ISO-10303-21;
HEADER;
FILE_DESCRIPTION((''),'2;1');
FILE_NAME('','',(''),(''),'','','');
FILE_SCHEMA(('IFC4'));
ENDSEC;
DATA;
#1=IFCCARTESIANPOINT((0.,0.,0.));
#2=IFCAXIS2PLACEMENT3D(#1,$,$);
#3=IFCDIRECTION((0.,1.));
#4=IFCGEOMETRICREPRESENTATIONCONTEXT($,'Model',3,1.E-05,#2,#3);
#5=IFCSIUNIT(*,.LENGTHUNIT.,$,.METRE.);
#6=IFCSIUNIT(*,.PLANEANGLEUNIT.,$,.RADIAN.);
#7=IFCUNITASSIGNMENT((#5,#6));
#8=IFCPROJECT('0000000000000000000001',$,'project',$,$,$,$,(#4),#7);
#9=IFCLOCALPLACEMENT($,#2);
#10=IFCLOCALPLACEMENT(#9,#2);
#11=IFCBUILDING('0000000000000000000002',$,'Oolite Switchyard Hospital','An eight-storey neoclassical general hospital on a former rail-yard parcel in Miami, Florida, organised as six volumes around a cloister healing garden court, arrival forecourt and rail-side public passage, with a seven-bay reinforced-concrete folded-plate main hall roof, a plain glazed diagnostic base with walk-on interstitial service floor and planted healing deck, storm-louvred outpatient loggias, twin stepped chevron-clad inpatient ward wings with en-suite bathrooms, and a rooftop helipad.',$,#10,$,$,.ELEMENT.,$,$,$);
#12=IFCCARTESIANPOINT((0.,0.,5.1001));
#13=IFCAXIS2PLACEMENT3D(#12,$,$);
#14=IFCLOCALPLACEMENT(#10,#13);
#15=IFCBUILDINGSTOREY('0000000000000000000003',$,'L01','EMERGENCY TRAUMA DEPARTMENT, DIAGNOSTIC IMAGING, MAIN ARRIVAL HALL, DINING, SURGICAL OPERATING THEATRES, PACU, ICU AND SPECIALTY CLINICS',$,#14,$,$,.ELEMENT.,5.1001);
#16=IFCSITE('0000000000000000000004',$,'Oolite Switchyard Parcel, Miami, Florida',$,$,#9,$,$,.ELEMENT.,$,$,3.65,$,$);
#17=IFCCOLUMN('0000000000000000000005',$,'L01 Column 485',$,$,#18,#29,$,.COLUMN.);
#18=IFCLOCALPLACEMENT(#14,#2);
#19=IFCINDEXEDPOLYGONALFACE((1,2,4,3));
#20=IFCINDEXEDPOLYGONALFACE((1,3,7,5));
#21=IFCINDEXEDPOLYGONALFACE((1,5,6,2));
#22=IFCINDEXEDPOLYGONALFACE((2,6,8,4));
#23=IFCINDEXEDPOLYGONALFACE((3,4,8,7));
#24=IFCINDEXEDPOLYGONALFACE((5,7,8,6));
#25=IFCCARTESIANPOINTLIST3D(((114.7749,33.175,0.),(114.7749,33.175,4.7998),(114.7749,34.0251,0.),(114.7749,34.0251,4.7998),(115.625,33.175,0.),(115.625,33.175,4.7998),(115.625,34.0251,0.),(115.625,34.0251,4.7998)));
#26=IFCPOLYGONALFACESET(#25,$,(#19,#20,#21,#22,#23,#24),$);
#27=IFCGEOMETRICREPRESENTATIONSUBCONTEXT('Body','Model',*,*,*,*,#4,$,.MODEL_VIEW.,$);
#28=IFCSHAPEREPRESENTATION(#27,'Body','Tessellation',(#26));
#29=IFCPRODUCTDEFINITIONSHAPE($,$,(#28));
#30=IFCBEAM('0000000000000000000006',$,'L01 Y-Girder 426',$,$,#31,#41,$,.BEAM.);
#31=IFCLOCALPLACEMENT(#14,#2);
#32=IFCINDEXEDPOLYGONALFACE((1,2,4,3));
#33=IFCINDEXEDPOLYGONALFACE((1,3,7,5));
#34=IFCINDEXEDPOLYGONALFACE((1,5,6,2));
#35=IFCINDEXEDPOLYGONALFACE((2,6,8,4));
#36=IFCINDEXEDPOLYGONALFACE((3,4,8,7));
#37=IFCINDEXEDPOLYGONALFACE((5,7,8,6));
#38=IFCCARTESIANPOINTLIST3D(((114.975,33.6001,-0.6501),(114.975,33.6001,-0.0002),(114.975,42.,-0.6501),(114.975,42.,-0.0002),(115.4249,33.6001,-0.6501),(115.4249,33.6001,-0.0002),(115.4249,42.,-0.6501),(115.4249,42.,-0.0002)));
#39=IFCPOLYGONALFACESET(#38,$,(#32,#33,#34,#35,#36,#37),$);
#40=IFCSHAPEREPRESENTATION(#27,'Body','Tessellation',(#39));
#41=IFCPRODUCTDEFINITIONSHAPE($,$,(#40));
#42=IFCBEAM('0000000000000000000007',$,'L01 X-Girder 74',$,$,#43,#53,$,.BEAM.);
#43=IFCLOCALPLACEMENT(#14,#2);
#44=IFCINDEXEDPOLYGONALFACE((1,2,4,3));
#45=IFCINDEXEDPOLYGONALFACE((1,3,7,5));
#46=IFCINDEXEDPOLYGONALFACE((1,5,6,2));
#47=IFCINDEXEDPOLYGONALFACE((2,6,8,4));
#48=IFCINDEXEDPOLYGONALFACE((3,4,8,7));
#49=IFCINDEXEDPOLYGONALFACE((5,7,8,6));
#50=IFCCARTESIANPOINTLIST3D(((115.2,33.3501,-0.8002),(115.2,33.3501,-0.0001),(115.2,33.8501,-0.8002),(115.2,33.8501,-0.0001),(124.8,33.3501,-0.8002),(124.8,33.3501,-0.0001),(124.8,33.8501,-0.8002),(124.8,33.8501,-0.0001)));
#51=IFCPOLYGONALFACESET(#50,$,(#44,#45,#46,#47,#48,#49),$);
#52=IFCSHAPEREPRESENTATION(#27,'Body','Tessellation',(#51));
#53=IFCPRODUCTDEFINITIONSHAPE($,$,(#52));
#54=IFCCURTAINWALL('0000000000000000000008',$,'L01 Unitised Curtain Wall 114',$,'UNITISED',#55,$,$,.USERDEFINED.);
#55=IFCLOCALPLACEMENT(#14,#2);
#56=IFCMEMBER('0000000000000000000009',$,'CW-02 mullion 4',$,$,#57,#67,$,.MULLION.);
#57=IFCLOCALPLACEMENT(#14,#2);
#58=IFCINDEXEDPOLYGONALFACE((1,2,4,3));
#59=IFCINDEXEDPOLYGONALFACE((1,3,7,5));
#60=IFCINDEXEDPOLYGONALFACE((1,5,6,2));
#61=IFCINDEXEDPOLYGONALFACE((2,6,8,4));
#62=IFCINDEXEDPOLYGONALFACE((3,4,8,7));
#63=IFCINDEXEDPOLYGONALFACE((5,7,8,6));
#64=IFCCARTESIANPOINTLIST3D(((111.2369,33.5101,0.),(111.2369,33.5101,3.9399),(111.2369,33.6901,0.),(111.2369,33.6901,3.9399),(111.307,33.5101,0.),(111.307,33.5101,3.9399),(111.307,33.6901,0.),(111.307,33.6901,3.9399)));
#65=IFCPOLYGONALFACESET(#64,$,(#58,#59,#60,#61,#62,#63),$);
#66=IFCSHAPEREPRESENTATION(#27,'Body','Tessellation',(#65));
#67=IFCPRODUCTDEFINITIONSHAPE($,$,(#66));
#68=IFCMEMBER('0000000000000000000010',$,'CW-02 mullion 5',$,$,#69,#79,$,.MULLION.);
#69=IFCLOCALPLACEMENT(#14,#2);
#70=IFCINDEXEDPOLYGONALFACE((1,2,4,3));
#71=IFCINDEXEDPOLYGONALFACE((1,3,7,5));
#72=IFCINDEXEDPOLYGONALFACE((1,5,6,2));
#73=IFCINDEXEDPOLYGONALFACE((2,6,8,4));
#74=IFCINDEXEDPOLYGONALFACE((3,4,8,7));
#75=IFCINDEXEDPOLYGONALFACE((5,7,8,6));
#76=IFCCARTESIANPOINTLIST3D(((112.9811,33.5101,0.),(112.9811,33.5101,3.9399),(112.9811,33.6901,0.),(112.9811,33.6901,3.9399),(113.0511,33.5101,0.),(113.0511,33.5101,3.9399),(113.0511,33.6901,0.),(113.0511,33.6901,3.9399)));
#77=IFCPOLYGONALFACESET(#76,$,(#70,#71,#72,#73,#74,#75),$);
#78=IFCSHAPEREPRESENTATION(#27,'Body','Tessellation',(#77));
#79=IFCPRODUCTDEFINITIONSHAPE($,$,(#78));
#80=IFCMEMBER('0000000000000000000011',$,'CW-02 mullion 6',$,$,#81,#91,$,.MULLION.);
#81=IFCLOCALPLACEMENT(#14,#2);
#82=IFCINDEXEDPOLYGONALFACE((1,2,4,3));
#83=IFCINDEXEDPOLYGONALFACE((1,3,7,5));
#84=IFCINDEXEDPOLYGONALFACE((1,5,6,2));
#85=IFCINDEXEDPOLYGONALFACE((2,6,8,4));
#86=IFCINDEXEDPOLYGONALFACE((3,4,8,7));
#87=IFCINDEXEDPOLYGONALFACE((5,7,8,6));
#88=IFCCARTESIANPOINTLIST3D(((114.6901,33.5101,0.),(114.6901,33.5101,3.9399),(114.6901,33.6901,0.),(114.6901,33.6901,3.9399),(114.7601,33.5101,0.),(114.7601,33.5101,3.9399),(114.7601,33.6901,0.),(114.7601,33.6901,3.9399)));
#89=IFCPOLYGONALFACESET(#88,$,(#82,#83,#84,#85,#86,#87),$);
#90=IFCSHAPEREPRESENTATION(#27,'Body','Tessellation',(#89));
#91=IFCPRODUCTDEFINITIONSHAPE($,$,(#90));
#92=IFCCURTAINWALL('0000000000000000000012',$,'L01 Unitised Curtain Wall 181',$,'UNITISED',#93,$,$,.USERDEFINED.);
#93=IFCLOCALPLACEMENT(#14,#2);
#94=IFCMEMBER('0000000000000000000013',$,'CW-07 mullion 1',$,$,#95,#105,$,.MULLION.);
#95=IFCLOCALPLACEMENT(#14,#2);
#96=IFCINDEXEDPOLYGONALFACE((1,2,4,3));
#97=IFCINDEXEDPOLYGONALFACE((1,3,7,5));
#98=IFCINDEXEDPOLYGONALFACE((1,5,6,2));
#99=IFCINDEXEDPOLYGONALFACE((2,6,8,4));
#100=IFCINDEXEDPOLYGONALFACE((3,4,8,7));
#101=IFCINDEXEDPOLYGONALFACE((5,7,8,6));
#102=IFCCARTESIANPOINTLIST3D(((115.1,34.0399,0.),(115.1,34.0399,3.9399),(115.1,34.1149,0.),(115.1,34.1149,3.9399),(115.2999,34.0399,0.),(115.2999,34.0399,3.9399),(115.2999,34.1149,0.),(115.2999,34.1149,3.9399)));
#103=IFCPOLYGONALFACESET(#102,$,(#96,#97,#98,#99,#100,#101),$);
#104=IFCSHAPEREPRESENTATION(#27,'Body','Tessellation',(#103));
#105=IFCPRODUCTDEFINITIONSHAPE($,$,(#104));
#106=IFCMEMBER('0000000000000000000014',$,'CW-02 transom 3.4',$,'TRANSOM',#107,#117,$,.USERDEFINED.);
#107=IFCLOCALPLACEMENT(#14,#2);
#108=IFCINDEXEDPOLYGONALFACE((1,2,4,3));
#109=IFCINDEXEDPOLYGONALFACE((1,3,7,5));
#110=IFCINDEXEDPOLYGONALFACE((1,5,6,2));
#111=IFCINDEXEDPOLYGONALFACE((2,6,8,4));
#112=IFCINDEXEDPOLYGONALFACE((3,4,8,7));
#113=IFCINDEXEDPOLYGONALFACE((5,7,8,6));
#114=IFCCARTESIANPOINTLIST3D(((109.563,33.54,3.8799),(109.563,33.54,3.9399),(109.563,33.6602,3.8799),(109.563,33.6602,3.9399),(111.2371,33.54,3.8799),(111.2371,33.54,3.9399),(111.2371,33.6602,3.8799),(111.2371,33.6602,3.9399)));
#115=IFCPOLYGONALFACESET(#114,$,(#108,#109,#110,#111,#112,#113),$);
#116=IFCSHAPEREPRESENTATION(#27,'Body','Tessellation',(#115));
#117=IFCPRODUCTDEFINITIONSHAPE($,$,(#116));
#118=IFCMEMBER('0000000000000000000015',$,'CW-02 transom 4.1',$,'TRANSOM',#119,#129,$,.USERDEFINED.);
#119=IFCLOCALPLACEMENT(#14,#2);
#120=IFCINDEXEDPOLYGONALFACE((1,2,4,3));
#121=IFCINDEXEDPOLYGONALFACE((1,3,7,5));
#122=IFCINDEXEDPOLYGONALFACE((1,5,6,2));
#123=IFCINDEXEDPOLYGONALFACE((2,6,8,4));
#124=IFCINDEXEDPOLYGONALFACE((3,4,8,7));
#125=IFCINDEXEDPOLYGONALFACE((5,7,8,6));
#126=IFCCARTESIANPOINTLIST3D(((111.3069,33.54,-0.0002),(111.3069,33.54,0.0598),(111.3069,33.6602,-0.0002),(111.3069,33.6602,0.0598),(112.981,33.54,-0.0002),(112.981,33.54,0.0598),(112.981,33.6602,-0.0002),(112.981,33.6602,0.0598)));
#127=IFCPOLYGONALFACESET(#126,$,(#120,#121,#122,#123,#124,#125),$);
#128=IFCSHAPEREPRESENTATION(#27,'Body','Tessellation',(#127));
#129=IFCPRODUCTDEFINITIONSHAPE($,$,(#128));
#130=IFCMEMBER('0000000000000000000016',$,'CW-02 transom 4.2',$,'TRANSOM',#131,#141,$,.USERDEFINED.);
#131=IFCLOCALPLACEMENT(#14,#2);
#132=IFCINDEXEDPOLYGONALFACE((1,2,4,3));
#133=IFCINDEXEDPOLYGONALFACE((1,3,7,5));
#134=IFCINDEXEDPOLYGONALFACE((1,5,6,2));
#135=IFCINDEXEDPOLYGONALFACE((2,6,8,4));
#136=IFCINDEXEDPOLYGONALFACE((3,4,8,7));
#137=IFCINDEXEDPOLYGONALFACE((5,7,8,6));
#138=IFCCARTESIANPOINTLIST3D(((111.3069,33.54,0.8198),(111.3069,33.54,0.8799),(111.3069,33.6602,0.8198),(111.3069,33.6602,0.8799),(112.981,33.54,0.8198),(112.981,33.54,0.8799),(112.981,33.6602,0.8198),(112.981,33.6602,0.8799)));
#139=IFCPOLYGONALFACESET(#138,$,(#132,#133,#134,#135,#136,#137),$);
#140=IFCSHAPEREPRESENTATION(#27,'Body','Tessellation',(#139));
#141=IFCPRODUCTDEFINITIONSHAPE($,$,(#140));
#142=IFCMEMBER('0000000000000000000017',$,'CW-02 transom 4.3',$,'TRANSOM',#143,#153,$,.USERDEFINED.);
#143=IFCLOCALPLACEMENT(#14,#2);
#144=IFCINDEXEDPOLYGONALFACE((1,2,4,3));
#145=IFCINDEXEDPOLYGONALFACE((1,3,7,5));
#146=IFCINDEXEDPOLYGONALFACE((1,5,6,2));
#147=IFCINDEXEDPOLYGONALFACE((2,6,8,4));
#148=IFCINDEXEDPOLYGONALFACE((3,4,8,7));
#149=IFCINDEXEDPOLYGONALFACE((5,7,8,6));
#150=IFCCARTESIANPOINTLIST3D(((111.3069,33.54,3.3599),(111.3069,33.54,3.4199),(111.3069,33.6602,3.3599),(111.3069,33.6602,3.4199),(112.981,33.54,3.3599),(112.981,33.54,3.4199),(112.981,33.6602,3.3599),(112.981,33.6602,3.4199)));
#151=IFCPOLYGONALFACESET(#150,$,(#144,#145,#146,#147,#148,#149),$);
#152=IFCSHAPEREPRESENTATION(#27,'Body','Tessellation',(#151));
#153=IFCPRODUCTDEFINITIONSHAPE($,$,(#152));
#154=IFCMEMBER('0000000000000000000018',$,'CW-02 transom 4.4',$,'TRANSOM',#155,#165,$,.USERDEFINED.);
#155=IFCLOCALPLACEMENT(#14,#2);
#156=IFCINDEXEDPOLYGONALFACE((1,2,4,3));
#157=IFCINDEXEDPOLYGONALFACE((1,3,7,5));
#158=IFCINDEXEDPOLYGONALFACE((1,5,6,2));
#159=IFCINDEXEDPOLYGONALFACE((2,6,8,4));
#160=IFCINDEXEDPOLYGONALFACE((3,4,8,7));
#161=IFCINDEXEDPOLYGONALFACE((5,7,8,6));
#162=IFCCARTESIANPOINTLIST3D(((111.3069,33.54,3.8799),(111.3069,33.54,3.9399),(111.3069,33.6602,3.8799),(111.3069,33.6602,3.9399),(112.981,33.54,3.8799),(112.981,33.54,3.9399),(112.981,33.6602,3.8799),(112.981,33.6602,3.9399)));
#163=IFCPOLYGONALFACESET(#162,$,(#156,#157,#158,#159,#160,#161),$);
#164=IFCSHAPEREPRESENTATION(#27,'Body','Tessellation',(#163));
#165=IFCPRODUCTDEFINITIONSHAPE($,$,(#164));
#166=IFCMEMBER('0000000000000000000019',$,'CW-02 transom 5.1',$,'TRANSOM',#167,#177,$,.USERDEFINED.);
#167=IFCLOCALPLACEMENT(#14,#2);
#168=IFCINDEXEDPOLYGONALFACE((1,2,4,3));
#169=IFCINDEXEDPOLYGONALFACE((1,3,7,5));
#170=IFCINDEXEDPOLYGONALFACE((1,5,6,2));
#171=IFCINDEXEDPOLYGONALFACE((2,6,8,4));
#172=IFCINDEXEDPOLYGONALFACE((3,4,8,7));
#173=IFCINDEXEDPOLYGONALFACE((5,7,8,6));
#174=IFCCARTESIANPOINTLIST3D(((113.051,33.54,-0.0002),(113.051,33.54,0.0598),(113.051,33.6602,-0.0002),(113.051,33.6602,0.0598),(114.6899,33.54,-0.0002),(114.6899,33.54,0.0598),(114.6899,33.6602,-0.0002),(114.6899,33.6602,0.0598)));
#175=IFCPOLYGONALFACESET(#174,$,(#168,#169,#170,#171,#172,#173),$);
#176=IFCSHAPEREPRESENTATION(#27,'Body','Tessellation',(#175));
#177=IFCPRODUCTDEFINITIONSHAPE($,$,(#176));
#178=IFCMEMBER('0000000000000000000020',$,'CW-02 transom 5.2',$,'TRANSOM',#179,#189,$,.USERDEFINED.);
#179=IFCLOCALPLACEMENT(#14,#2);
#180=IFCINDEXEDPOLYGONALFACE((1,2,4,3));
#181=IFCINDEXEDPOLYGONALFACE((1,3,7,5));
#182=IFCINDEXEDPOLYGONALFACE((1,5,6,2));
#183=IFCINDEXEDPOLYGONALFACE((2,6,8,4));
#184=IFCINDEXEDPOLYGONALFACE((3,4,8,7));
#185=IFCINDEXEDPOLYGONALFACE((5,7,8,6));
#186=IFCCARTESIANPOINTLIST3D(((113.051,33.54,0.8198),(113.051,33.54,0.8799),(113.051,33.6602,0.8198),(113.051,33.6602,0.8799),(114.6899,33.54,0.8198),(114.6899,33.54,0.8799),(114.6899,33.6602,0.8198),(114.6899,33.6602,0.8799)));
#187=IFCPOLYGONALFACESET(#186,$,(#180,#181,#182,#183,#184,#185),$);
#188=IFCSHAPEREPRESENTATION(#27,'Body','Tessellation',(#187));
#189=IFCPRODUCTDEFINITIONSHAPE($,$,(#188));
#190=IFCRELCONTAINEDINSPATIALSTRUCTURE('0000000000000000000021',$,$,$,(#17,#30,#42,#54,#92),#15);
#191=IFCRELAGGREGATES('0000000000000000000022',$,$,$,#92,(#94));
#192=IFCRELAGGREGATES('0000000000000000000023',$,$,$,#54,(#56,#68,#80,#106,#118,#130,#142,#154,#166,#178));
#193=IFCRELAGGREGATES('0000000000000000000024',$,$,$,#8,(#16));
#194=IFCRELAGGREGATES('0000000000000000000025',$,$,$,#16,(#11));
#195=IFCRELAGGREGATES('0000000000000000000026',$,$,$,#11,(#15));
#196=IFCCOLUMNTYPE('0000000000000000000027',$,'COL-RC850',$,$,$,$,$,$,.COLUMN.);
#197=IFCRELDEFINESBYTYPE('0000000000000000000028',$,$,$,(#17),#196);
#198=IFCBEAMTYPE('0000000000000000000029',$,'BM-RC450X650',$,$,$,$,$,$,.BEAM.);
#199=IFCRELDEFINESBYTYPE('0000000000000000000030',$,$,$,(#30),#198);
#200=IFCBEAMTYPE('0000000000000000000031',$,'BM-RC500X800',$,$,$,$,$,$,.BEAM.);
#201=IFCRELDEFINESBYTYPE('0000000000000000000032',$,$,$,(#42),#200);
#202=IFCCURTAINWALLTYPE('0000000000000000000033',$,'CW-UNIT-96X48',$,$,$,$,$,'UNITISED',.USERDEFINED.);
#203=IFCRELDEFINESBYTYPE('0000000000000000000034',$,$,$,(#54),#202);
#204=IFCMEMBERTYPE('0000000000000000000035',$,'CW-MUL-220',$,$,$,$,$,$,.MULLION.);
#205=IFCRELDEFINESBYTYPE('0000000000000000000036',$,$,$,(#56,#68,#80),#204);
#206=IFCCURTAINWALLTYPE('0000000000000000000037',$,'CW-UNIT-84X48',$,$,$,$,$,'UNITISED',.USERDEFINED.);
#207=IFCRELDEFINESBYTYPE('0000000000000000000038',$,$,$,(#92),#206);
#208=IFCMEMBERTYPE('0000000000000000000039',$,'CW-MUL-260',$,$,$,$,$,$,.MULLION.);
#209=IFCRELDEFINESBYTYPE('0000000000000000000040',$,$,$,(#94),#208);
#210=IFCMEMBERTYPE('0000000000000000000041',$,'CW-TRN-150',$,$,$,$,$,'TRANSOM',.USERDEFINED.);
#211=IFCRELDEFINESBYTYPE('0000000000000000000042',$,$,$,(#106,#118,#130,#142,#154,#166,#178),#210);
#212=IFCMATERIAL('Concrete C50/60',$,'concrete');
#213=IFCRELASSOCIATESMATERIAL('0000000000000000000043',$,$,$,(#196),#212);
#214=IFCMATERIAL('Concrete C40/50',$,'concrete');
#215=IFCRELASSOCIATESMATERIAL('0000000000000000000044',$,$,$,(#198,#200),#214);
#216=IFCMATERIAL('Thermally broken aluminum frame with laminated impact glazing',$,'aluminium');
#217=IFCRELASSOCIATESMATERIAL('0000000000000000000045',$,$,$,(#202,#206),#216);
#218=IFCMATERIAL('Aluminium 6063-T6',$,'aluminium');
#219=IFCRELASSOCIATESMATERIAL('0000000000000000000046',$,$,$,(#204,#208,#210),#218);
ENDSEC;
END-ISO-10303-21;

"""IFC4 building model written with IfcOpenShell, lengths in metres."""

from ifc_helpers import new_model, si_unit, direction, frame, origin, origin_2d, place, context, subcontext, project, spatial, rectangle, extrude, material, material_profile, profile_set, type_object, element, aggregate, save


model = new_model("IFC4")

# Units and contexts
model_context = context("Model", 3, precision=1e-05, world=origin(), true_north=direction((0.0, 1.0)))
body_context = subcontext(model_context, "Body", "Model", "MODEL_VIEW")
ifc_project = project(units=[si_unit("LENGTHUNIT", "METRE"), si_unit("PLANEANGLEUNIT", "RADIAN")], contexts=[model_context])

# Site, building, storey
site_placement = place(None, origin())
site = spatial("IfcSite", under=ifc_project, at=site_placement, Name="Oolite Switchyard Parcel, Miami, Florida", CompositionType="ELEMENT", RefElevation=3.65)
building_placement = place(site_placement, origin())
building = spatial("IfcBuilding", under=site, at=building_placement, Name="Oolite Switchyard Hospital", Description="An eight-storey neoclassical general hospital on a former rail-yard parcel in Miami, Florida, organised as six volumes around a cloister healing garden court, arrival forecourt and rail-side public passage, with a seven-bay reinforced-concrete folded-plate main hall roof, a plain glazed diagnostic base with walk-on interstitial service floor and planted healing deck, storm-louvred outpatient loggias, twin stepped chevron-clad inpatient ward wings with en-suite bathrooms, and a rooftop helipad.", CompositionType="ELEMENT")
storey_placement = place(building_placement, frame((0.0, 0.0, 5.1001)))
storey = spatial("IfcBuildingStorey", under=building, at=storey_placement, Name="L01", Description="EMERGENCY TRAUMA DEPARTMENT, DIAGNOSTIC IMAGING, MAIN ARRIVAL HALL, DINING, SURGICAL OPERATING THEATRES, PACU, ICU AND SPECIALTY CLINICS", CompositionType="ELEMENT", Elevation=5.1001)

# Column
ifc_material_1 = material(Name="Concrete C50/60", Category="concrete")
ifc_material_profile_1 = material_profile(ifc_material_1, rectangle(XDim=0.8501, YDim=0.8501, at=origin_2d()), Name="RC850X850")
ifc_profile_set_1 = profile_set([ifc_material_profile_1], Name="Concrete C50/60")
column_type = type_object("IfcColumnType", Name="COL-RC850", PredefinedType="COLUMN", material=ifc_profile_set_1)
column_placement = place(storey_placement, frame((115.2, 33.6001, 0.0), z_axis=(0.0, 0.0, 1.0), x_axis=(1.0, 0.0, 0.0)))
element("IfcColumn", 1, at=column_placement, inside=storey, type_object=column_type, Name="L01 Column 485", PredefinedType="COLUMN", context=body_context, shape_type="SweptSolid", body=[
    extrude(rectangle(XDim=0.8501, YDim=0.8501, at=origin_2d()), origin(), (0.0, 0.0, 1.0), 4.7998),
])

# Beams
ifc_material_2 = material(Name="Concrete C40/50", Category="concrete")
ifc_material_profile_2 = material_profile(ifc_material_2, rectangle(XDim=0.45, YDim=0.6499, at=origin_2d()), Name="RCB450X650")
ifc_profile_set_2 = profile_set([ifc_material_profile_2], Name="Concrete C40/50")
beam_type_1 = type_object("IfcBeamType", Name="BM-RC450X650", PredefinedType="BEAM", material=ifc_profile_set_2)
beam_1_placement = place(storey_placement, frame((115.2, 33.6001, -0.3252), z_axis=(0.0, 1.0, 0.0), x_axis=(-1.0, 0.0, 0.0)))
element("IfcBeam", 2, at=beam_1_placement, inside=storey, type_object=beam_type_1, Name="L01 Y-Girder 426", PredefinedType="BEAM", context=body_context, shape_type="SweptSolid", body=[
    extrude(rectangle(XDim=0.45, YDim=0.6499, at=origin_2d()), origin(), (0.0, 0.0, 1.0), 8.3999),
])
ifc_material_profile_3 = material_profile(ifc_material_2, rectangle(XDim=0.5, YDim=0.8, at=origin_2d()), Name="RCB500X800")
ifc_profile_set_3 = profile_set([ifc_material_profile_3], Name="Concrete C40/50")
beam_type_2 = type_object("IfcBeamType", Name="BM-RC500X800", PredefinedType="BEAM", material=ifc_profile_set_3)
beam_2_placement = place(storey_placement, frame((115.2, 33.6001, -0.4001), z_axis=(1.0, 0.0, 0.0), x_axis=(0.0, 1.0, 0.0)))
element("IfcBeam", 3, at=beam_2_placement, inside=storey, type_object=beam_type_2, Name="L01 X-Girder 74", PredefinedType="BEAM", context=body_context, shape_type="SweptSolid", body=[
    extrude(rectangle(XDim=0.5, YDim=0.8, at=origin_2d()), origin(), (0.0, 0.0, 1.0), 9.6001),
])

# Curtain wall, members
ifc_material_3 = material(Name="Thermally broken aluminum frame with laminated impact glazing", Category="aluminium")
curtain_wall_type_1 = type_object("IfcCurtainWallType", Name="CW-UNIT-96X48", ElementType="UNITISED", PredefinedType="USERDEFINED", material=ifc_material_3)
curtain_wall_1_placement = place(storey_placement, origin())
curtain_wall_1 = element("IfcCurtainWall", 4, at=curtain_wall_1_placement, inside=storey, type_object=curtain_wall_type_1, Name="L01 Unitised Curtain Wall 114", ObjectType="UNITISED", PredefinedType="USERDEFINED")
ifc_material_4 = material(Name="Aluminium 6063-T6", Category="aluminium")
ifc_material_profile_4 = material_profile(ifc_material_4, rectangle(XDim=0.1799, YDim=0.0701, at=origin_2d()), Name="CWM70X180")
ifc_profile_set_4 = profile_set([ifc_material_profile_4], Name="Aluminium 6063-T6")
member_type_1 = type_object("IfcMemberType", Name="CW-MUL-220", PredefinedType="MULLION", material=ifc_profile_set_4)
member_1_placement = place(storey_placement, frame((111.272, 33.6001, 0.0), z_axis=(0.0, 0.0, 1.0), x_axis=(0.0, 1.0, 0.0)))
member_1 = element("IfcMember", 5, at=member_1_placement, type_object=member_type_1, Name="CW-02 mullion 4", PredefinedType="MULLION", context=body_context, shape_type="SweptSolid", body=[
    extrude(rectangle(XDim=0.1799, YDim=0.0701, at=origin_2d()), origin(), (0.0, 0.0, 1.0), 3.9399),
])
member_2_placement = place(storey_placement, frame((113.0161, 33.6001, 0.0), z_axis=(0.0, 0.0, 1.0), x_axis=(0.0, 1.0, 0.0)))
member_2 = element("IfcMember", 6, at=member_2_placement, type_object=member_type_1, Name="CW-02 mullion 5", PredefinedType="MULLION", context=body_context, shape_type="SweptSolid", body=[
    extrude(rectangle(XDim=0.1799, YDim=0.0701, at=origin_2d()), origin(), (0.0, 0.0, 1.0), 3.9399),
])
member_3_placement = place(storey_placement, frame((114.7251, 33.6001, 0.0), z_axis=(0.0, 0.0, 1.0), x_axis=(0.0, 1.0, 0.0)))
member_3 = element("IfcMember", 7, at=member_3_placement, type_object=member_type_1, Name="CW-02 mullion 6", PredefinedType="MULLION", context=body_context, shape_type="SweptSolid", body=[
    extrude(rectangle(XDim=0.1799, YDim=0.0701, at=origin_2d()), origin(), (0.0, 0.0, 1.0), 3.9399),
])

# Curtain wall, member
curtain_wall_type_2 = type_object("IfcCurtainWallType", Name="CW-UNIT-84X48", ElementType="UNITISED", PredefinedType="USERDEFINED", material=ifc_material_3)
curtain_wall_2_placement = place(storey_placement, origin())
curtain_wall_2 = element("IfcCurtainWall", 8, at=curtain_wall_2_placement, inside=storey, type_object=curtain_wall_type_2, Name="L01 Unitised Curtain Wall 181", ObjectType="UNITISED", PredefinedType="USERDEFINED")
ifc_material_profile_5 = material_profile(ifc_material_4, rectangle(XDim=0.2, YDim=0.075, at=origin_2d()), Name="CWM75X200")
ifc_profile_set_5 = profile_set([ifc_material_profile_5], Name="Aluminium 6063-T6")
member_type_2 = type_object("IfcMemberType", Name="CW-MUL-260", PredefinedType="MULLION", material=ifc_profile_set_5)
member_4_placement = place(storey_placement, frame((115.2, 34.0774, 0.0), z_axis=(0.0, 0.0, 1.0), x_axis=(-1.0, 0.0, 0.0)))
member_4 = element("IfcMember", 9, at=member_4_placement, type_object=member_type_2, Name="CW-07 mullion 1", PredefinedType="MULLION", context=body_context, shape_type="SweptSolid", body=[
    extrude(rectangle(XDim=0.2, YDim=0.075, at=origin_2d()), origin(), (0.0, 0.0, 1.0), 3.9399),
])
aggregate(curtain_wall_2, [member_4])

# Members
ifc_material_profile_6 = material_profile(ifc_material_4, rectangle(XDim=0.1201, YDim=0.0601, at=origin_2d()), Name="CWT60X120")
ifc_profile_set_6 = profile_set([ifc_material_profile_6], Name="Aluminium 6063-T6")
member_type_3 = type_object("IfcMemberType", Name="CW-TRN-150", ElementType="TRANSOM", PredefinedType="USERDEFINED", material=ifc_profile_set_6)
member_5_placement = place(storey_placement, frame((109.563, 33.6001, 3.9099), z_axis=(1.0, 0.0, 0.0), x_axis=(0.0, 1.0, 0.0)))
member_5 = element("IfcMember", 10, at=member_5_placement, type_object=member_type_3, Name="CW-02 transom 3.4", ObjectType="TRANSOM", PredefinedType="USERDEFINED", context=body_context, shape_type="SweptSolid", body=[
    extrude(rectangle(XDim=0.1201, YDim=0.0601, at=origin_2d()), origin(), (0.0, 0.0, 1.0), 1.6741),
])
member_6_placement = place(storey_placement, frame((111.3069, 33.6001, 0.0298), z_axis=(1.0, 0.0, 0.0), x_axis=(0.0, 1.0, 0.0)))
member_6 = element("IfcMember", 11, at=member_6_placement, type_object=member_type_3, Name="CW-02 transom 4.1", ObjectType="TRANSOM", PredefinedType="USERDEFINED", context=body_context, shape_type="SweptSolid", body=[
    extrude(rectangle(XDim=0.1201, YDim=0.0601, at=origin_2d()), origin(), (0.0, 0.0, 1.0), 1.6741),
])
member_7_placement = place(storey_placement, frame((111.3069, 33.6001, 0.8499), z_axis=(1.0, 0.0, 0.0), x_axis=(0.0, 1.0, 0.0)))
member_7 = element("IfcMember", 12, at=member_7_placement, type_object=member_type_3, Name="CW-02 transom 4.2", ObjectType="TRANSOM", PredefinedType="USERDEFINED", context=body_context, shape_type="SweptSolid", body=[
    extrude(rectangle(XDim=0.1201, YDim=0.0601, at=origin_2d()), origin(), (0.0, 0.0, 1.0), 1.6741),
])
member_8_placement = place(storey_placement, frame((111.3069, 33.6001, 3.3899), z_axis=(1.0, 0.0, 0.0), x_axis=(0.0, 1.0, 0.0)))
member_8 = element("IfcMember", 13, at=member_8_placement, type_object=member_type_3, Name="CW-02 transom 4.3", ObjectType="TRANSOM", PredefinedType="USERDEFINED", context=body_context, shape_type="SweptSolid", body=[
    extrude(rectangle(XDim=0.1201, YDim=0.0601, at=origin_2d()), origin(), (0.0, 0.0, 1.0), 1.6741),
])
member_9_placement = place(storey_placement, frame((111.3069, 33.6001, 3.9099), z_axis=(1.0, 0.0, 0.0), x_axis=(0.0, 1.0, 0.0)))
member_9 = element("IfcMember", 14, at=member_9_placement, type_object=member_type_3, Name="CW-02 transom 4.4", ObjectType="TRANSOM", PredefinedType="USERDEFINED", context=body_context, shape_type="SweptSolid", body=[
    extrude(rectangle(XDim=0.1201, YDim=0.0601, at=origin_2d()), origin(), (0.0, 0.0, 1.0), 1.6741),
])
member_10_placement = place(storey_placement, frame((113.051, 33.6001, 0.0298), z_axis=(1.0, 0.0, 0.0), x_axis=(0.0, 1.0, 0.0)))
member_10 = element("IfcMember", 15, at=member_10_placement, type_object=member_type_3, Name="CW-02 transom 5.1", ObjectType="TRANSOM", PredefinedType="USERDEFINED", context=body_context, shape_type="SweptSolid", body=[
    extrude(rectangle(XDim=0.1201, YDim=0.0601, at=origin_2d()), origin(), (0.0, 0.0, 1.0), 1.6389),
])
member_11_placement = place(storey_placement, frame((113.051, 33.6001, 0.8499), z_axis=(1.0, 0.0, 0.0), x_axis=(0.0, 1.0, 0.0)))
member_11 = element("IfcMember", 16, at=member_11_placement, type_object=member_type_3, Name="CW-02 transom 5.2", ObjectType="TRANSOM", PredefinedType="USERDEFINED", context=body_context, shape_type="SweptSolid", body=[
    extrude(rectangle(XDim=0.1201, YDim=0.0601, at=origin_2d()), origin(), (0.0, 0.0, 1.0), 1.6389),
])

aggregate(curtain_wall_1, [member_1, member_2, member_3, member_5, member_6, member_7, member_8, member_9, member_10, member_11])

save(model, "model.ifc")
